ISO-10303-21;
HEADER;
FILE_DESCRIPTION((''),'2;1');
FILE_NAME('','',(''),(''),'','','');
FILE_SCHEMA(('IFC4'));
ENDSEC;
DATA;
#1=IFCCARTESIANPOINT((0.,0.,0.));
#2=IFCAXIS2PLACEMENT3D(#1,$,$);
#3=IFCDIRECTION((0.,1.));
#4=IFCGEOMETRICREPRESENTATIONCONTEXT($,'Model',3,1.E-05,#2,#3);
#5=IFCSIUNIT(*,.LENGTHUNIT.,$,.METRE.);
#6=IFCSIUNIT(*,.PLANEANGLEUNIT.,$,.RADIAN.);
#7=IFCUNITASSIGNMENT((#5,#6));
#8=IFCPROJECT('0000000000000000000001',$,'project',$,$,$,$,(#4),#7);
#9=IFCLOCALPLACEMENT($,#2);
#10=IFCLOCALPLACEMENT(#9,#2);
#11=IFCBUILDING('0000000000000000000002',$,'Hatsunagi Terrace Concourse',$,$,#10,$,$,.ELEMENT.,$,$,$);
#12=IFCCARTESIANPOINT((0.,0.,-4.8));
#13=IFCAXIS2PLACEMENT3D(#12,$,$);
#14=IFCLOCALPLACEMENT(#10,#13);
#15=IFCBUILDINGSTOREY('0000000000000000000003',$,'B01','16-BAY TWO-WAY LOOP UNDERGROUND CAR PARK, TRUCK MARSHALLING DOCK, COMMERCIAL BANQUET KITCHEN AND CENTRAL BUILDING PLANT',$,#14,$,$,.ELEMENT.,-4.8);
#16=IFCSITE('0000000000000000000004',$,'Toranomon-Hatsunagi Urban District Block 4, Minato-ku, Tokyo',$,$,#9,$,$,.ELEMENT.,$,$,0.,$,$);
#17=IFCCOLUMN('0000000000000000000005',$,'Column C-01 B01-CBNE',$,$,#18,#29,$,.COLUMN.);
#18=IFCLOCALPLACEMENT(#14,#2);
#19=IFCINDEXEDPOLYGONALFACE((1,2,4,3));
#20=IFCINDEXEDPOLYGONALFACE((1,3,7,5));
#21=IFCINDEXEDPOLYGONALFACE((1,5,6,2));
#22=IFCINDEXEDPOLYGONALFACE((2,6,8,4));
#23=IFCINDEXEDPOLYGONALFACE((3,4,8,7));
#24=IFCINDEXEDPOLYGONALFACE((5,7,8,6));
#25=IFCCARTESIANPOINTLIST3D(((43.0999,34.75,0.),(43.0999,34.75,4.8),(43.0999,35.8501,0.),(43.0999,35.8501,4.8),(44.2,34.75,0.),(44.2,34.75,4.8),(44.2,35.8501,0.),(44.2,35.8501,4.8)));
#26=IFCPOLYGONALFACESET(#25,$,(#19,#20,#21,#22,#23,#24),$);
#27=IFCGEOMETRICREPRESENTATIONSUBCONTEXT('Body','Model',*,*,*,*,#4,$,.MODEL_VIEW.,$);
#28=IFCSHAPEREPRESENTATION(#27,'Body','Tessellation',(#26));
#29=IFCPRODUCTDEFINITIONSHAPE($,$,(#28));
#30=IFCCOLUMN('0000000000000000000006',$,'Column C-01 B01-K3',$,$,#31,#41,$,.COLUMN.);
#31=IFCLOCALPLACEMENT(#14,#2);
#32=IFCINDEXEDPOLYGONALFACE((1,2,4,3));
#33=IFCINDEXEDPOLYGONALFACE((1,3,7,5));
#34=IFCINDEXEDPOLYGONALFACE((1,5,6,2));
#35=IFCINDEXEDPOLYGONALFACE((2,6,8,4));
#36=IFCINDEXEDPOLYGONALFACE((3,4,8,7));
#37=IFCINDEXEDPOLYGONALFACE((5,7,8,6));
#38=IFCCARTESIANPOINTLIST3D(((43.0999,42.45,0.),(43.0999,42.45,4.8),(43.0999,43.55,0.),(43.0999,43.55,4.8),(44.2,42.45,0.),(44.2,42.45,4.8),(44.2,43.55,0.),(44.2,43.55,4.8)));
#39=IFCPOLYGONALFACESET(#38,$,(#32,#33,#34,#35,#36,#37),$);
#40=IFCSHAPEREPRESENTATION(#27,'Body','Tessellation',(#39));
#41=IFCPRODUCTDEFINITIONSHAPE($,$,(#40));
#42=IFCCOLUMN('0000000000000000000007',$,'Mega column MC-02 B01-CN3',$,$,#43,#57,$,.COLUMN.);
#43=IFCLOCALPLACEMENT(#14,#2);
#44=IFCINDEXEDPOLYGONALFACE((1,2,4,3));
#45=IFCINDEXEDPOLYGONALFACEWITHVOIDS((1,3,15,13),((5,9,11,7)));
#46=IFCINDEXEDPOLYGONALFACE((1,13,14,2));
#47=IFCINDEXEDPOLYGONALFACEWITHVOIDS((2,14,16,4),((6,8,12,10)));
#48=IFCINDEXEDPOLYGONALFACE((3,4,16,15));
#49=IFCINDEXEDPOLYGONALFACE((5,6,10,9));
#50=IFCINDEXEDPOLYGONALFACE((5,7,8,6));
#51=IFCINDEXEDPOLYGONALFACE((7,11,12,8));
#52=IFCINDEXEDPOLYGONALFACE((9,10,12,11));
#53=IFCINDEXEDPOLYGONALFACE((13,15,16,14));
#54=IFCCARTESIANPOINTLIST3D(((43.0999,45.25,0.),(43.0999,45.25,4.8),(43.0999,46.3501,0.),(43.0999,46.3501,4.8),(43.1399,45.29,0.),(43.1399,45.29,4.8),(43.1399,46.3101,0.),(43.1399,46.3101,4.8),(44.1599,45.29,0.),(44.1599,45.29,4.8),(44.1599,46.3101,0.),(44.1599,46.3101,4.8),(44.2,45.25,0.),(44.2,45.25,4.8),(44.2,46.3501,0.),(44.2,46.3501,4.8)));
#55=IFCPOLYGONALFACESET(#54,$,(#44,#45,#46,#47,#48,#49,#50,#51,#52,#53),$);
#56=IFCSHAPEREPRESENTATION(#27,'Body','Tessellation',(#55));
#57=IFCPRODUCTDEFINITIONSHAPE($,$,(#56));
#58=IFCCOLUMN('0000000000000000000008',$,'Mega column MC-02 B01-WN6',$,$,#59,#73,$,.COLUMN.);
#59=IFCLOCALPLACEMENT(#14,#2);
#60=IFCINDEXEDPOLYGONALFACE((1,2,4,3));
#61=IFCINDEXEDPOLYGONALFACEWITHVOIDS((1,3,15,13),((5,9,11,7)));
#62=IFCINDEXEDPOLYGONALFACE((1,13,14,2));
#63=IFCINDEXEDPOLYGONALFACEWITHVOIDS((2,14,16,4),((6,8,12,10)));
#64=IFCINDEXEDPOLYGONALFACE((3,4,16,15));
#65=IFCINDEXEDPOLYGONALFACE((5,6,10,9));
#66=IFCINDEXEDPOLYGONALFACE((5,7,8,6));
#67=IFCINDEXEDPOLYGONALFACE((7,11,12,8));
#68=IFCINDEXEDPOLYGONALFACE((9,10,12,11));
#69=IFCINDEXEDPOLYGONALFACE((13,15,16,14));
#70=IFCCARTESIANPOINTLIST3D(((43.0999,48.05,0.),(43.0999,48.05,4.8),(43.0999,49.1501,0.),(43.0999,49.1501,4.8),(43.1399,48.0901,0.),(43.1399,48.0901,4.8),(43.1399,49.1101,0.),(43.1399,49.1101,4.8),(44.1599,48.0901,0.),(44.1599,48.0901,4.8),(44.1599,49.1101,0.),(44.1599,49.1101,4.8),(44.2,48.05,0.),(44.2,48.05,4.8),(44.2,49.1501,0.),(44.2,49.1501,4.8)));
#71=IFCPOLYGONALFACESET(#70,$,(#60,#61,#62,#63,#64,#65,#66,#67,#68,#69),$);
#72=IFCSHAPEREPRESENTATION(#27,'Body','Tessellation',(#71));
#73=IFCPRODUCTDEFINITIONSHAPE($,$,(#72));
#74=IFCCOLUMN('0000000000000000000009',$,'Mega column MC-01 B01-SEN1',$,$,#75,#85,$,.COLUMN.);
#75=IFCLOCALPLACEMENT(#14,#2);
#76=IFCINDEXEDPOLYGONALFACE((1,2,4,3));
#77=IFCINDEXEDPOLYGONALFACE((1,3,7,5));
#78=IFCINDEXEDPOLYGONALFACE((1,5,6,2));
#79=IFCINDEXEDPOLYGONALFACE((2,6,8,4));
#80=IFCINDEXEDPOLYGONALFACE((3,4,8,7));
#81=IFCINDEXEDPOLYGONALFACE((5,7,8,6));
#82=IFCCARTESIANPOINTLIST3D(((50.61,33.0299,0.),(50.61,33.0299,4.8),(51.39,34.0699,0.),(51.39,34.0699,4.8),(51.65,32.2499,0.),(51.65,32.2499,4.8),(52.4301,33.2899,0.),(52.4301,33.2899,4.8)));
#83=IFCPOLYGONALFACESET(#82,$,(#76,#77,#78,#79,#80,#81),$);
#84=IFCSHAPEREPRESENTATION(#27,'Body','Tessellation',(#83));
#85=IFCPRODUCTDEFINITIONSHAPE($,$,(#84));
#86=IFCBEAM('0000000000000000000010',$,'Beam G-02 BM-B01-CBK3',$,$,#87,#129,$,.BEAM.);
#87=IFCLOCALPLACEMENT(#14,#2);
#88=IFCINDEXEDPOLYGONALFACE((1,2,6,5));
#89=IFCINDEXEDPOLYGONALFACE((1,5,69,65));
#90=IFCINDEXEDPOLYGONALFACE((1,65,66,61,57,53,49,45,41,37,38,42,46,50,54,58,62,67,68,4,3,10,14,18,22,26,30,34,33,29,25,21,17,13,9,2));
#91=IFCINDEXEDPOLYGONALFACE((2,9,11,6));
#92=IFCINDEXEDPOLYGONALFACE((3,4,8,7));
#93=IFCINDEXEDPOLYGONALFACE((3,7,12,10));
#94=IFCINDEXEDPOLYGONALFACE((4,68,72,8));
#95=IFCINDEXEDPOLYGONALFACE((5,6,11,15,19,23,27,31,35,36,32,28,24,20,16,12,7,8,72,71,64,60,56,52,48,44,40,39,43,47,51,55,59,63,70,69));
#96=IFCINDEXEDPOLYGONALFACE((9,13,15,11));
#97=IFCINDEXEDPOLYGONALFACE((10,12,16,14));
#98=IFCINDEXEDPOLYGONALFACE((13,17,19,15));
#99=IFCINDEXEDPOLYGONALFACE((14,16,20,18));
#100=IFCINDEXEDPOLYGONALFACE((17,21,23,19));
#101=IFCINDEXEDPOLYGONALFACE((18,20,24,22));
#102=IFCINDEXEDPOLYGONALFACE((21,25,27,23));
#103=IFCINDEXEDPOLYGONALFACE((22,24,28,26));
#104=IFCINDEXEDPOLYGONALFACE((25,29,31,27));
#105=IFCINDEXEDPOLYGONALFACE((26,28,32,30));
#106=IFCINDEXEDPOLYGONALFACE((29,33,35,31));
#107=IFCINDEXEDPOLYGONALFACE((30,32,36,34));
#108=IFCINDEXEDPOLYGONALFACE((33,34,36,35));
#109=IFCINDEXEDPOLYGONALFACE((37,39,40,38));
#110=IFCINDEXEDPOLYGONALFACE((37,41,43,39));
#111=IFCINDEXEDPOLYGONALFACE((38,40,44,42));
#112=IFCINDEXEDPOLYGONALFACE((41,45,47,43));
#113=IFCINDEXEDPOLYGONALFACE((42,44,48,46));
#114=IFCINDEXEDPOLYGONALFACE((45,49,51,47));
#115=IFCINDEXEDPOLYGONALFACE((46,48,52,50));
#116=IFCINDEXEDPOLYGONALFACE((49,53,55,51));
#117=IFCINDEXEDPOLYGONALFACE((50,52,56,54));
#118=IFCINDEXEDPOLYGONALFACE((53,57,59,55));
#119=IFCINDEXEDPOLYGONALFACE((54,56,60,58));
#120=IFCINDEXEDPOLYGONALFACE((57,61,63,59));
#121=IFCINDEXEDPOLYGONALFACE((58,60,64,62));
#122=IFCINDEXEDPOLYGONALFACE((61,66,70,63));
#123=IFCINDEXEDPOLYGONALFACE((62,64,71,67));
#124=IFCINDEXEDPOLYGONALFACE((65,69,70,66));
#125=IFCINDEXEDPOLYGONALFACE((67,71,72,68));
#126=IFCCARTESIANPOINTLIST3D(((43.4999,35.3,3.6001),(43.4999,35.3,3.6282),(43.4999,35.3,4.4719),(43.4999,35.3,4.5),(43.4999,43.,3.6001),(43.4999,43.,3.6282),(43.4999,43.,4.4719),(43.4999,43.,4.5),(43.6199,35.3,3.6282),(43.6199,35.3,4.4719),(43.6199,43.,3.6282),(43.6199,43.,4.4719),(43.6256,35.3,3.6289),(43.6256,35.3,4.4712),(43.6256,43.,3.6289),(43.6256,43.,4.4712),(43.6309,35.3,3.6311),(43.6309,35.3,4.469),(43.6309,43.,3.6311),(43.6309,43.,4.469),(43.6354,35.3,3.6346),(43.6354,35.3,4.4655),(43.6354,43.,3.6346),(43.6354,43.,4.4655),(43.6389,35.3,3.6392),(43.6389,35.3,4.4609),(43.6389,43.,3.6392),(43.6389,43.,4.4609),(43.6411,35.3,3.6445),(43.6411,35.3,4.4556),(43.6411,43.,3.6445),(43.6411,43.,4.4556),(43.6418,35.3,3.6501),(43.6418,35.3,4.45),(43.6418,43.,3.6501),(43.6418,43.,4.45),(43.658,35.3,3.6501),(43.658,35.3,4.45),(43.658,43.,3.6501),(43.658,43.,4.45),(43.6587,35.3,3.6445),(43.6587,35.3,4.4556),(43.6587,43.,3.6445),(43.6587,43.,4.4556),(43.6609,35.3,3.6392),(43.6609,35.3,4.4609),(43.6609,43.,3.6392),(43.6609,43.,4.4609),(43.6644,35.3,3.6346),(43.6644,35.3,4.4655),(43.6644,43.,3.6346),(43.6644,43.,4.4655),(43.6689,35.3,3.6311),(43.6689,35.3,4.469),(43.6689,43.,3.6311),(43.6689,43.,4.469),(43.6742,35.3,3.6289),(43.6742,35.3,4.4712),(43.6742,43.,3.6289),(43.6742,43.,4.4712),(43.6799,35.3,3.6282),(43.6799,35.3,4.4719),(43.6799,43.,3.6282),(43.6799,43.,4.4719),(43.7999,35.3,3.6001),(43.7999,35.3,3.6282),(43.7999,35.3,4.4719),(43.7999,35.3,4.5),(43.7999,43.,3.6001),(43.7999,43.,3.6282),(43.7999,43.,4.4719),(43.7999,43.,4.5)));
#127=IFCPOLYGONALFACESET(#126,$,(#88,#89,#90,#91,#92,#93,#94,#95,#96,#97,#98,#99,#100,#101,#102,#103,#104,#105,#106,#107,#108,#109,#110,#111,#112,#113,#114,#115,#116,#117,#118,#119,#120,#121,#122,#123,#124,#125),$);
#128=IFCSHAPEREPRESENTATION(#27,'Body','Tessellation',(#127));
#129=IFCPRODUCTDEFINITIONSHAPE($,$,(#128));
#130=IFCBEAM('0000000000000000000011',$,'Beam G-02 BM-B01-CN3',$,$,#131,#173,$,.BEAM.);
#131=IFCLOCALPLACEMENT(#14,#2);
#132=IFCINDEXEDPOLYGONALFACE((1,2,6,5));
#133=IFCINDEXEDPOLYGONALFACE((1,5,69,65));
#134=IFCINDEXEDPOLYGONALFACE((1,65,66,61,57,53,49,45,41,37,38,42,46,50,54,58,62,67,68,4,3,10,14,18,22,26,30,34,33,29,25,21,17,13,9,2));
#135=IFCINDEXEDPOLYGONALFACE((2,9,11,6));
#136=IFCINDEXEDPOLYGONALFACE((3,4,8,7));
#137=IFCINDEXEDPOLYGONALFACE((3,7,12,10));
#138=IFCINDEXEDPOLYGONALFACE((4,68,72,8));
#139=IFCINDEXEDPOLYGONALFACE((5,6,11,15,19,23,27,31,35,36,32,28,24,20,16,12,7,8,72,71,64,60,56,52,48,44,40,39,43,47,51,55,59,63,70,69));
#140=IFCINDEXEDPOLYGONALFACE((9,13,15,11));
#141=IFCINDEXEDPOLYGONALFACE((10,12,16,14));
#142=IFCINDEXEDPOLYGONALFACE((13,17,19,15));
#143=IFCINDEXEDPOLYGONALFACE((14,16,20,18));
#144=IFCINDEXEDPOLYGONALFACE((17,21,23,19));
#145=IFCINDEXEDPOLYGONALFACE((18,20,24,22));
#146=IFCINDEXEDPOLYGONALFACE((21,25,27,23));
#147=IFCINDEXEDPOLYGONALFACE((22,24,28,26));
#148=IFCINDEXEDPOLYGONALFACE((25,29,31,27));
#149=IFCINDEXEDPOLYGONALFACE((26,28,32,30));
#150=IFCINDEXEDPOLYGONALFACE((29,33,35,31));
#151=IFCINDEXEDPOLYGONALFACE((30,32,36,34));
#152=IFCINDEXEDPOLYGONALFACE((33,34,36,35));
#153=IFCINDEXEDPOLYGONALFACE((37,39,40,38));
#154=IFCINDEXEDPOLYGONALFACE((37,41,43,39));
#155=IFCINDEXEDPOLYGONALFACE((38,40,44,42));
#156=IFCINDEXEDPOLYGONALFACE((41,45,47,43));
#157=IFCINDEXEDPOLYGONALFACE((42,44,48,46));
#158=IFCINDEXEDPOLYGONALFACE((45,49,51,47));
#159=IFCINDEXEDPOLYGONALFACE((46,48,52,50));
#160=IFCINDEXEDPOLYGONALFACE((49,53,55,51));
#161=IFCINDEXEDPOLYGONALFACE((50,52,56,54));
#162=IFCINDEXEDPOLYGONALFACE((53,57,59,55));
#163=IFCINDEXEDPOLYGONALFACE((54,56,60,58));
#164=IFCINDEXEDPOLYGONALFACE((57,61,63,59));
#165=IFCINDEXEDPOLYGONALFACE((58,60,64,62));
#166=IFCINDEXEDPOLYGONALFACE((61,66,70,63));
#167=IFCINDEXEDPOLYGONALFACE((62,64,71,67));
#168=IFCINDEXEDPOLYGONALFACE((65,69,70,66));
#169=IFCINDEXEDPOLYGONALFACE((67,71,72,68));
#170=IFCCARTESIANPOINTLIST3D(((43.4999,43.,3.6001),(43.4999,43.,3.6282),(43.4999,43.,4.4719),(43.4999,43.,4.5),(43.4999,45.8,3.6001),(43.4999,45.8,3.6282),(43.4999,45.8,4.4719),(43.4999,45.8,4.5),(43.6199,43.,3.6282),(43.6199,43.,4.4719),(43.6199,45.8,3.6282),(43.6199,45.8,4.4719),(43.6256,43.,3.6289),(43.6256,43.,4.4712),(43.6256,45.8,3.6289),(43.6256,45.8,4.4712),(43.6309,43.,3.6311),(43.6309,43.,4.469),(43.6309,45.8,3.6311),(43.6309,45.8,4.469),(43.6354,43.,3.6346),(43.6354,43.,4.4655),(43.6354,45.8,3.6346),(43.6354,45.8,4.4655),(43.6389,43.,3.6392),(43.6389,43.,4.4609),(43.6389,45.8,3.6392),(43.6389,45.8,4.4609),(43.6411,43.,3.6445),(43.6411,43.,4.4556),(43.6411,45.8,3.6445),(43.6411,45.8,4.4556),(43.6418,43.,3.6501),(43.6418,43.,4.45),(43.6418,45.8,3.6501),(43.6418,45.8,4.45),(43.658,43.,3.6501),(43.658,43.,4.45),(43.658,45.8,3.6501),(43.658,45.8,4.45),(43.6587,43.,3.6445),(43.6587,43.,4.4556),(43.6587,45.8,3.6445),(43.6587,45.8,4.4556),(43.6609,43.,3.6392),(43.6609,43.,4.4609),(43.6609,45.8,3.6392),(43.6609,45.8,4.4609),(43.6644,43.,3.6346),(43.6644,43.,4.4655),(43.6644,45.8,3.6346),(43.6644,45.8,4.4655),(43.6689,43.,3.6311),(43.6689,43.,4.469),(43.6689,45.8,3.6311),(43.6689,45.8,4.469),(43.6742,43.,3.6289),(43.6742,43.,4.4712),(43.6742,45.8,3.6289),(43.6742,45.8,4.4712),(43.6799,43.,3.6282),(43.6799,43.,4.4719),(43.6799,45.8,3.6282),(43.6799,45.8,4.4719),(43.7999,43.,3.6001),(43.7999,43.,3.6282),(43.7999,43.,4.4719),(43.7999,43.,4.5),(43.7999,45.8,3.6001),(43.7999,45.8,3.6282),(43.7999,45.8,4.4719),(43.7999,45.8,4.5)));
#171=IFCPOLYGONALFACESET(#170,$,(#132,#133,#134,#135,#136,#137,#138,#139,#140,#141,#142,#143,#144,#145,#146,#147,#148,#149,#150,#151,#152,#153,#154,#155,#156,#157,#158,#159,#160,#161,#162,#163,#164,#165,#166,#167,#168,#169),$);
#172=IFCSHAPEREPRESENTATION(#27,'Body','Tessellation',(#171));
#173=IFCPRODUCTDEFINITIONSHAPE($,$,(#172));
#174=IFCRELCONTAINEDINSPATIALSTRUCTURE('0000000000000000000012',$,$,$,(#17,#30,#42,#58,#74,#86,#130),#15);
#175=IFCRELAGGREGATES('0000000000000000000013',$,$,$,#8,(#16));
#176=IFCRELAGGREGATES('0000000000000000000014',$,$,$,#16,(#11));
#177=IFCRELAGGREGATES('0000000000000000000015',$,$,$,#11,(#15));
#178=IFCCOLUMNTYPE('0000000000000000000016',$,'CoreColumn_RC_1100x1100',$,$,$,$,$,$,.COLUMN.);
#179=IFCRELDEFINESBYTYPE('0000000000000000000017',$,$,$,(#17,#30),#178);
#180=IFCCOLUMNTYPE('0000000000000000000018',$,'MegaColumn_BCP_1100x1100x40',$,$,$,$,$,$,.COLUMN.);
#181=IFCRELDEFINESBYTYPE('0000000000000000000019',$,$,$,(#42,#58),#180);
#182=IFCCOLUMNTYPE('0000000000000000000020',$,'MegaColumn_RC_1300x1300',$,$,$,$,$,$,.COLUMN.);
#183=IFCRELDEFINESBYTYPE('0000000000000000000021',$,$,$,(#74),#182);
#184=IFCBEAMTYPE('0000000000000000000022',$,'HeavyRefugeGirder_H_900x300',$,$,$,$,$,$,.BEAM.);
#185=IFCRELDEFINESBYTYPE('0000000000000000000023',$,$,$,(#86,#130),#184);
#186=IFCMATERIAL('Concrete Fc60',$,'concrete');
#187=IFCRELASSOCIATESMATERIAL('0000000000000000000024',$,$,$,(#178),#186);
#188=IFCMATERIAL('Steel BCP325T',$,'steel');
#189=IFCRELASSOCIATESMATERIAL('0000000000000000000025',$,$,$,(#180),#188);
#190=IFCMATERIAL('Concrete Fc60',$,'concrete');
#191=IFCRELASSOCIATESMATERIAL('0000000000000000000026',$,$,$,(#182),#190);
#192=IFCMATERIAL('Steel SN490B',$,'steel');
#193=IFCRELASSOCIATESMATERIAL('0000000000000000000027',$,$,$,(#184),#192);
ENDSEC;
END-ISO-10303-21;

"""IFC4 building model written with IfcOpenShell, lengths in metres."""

from ifc_helpers import new_model, si_unit, direction, frame, origin, origin_2d, place, context, subcontext, project, spatial, rectangle, hollow_rectangle, i_section, extrude, material, material_profile, profile_set, type_object, element, save


model = new_model("IFC4")

# Units and contexts
model_context = context("Model", 3, precision=1e-05, world=origin(), true_north=direction((0.0, 1.0)))
body_context = subcontext(model_context, "Body", "Model", "MODEL_VIEW")
ifc_project = project(units=[si_unit("LENGTHUNIT", "METRE"), si_unit("PLANEANGLEUNIT", "RADIAN")], contexts=[model_context])

# Site, building, storey
site_placement = place(None, origin())
site = spatial("IfcSite", under=ifc_project, at=site_placement, Name="Toranomon-Hatsunagi Urban District Block 4, Minato-ku, Tokyo", CompositionType="ELEMENT", RefElevation=0.0)
building_placement = place(site_placement, origin())
building = spatial("IfcBuilding", under=site, at=building_placement, Name="Hatsunagi Terrace Concourse", CompositionType="ELEMENT")
storey_placement = place(building_placement, frame((0.0, 0.0, -4.8)))
storey = spatial("IfcBuildingStorey", under=building, at=storey_placement, Name="B01", Description="16-BAY TWO-WAY LOOP UNDERGROUND CAR PARK, TRUCK MARSHALLING DOCK, COMMERCIAL BANQUET KITCHEN AND CENTRAL BUILDING PLANT", CompositionType="ELEMENT", Elevation=-4.8)

# Columns
ifc_material_1 = material(Name="Concrete Fc60", Category="concrete")
ifc_material_profile_1 = material_profile(ifc_material_1, rectangle(XDim=1.1001, YDim=1.1001, at=origin_2d()), Name="RC-1100x1100")
ifc_profile_set_1 = profile_set([ifc_material_profile_1], Name="Concrete Fc60")
column_type_1 = type_object("IfcColumnType", Name="CoreColumn_RC_1100x1100", PredefinedType="COLUMN", material=ifc_profile_set_1)
for number, where, z_axis, x_axis, name in (
    (1, (43.6499, 35.3, 0.0), (0.0, 0.0, 1.0), (1.0, 0.0, 0.0), "Column C-01 B01-CBNE"),
    (2, (43.6499, 43.0, 0.0), (0.0, 0.0, 1.0), (1.0, 0.0, 0.0), "Column C-01 B01-K3"),
):
    element("IfcColumn", number, at=place(storey_placement, frame(where, z_axis=z_axis, x_axis=x_axis)), inside=storey, type_object=column_type_1, Name=name, PredefinedType="COLUMN", context=body_context, shape_type="SweptSolid", body=[
        extrude(rectangle(XDim=1.1001, YDim=1.1001, at=origin_2d()), origin(), (0.0, 0.0, 1.0), 4.8),
    ])
ifc_material_2 = material(Name="Steel BCP325T", Category="steel")
ifc_material_profile_2 = material_profile(ifc_material_2, hollow_rectangle(XDim=1.1001, YDim=1.1001, WallThickness=0.04, at=origin_2d()), Name="BCP-1100x1100x40")
ifc_profile_set_2 = profile_set([ifc_material_profile_2], Name="Steel BCP325T")
column_type_2 = type_object("IfcColumnType", Name="MegaColumn_BCP_1100x1100x40", PredefinedType="COLUMN", material=ifc_profile_set_2)
for number, where, z_axis, x_axis, name in (
    (3, (43.6499, 45.8, 0.0), (0.0, 0.0, 1.0), (1.0, 0.0, 0.0), "Mega column MC-02 B01-CN3"),
    (4, (43.6499, 48.6001, 0.0), (0.0, 0.0, 1.0), (1.0, 0.0, 0.0), "Mega column MC-02 B01-WN6"),
):
    element("IfcColumn", number, at=place(storey_placement, frame(where, z_axis=z_axis, x_axis=x_axis)), inside=storey, type_object=column_type_2, Name=name, PredefinedType="COLUMN", context=body_context, shape_type="SweptSolid", body=[
        extrude(hollow_rectangle(XDim=1.1001, YDim=1.1001, WallThickness=0.04, at=origin_2d()), origin(), (0.0, 0.0, 1.0), 4.8),
    ])
ifc_material_3 = material(Name="Concrete Fc60", Category="concrete")
ifc_material_profile_3 = material_profile(ifc_material_3, rectangle(XDim=1.3, YDim=1.3, at=origin_2d()), Name="RC-1300x1300")
ifc_profile_set_3 = profile_set([ifc_material_profile_3], Name="Concrete Fc60")
column_type_3 = type_object("IfcColumnType", Name="MegaColumn_RC_1300x1300", PredefinedType="COLUMN", material=ifc_profile_set_3)
column_placement = place(storey_placement, frame((51.52, 33.1599, 0.0), z_axis=(0.0, 0.0, 1.0), x_axis=(0.8, -0.6, 0.0)))
element("IfcColumn", 5, at=column_placement, inside=storey, type_object=column_type_3, Name="Mega column MC-01 B01-SEN1", PredefinedType="COLUMN", context=body_context, shape_type="SweptSolid", body=[
    extrude(rectangle(XDim=1.3, YDim=1.3, at=origin_2d()), origin(), (0.0, 0.0, 1.0), 4.8),
])

# Beams
ifc_material_4 = material(Name="Steel SN490B", Category="steel")
ifc_material_profile_4 = material_profile(ifc_material_4, i_section(OverallWidth=0.3, OverallDepth=0.8999, WebThickness=0.0161, FlangeThickness=0.0281, FilletRadius=0.022, at=origin_2d()), Name="H-900x300x16x28")
ifc_profile_set_4 = profile_set([ifc_material_profile_4], Name="Steel SN490B")
beam_type_1 = type_object("IfcBeamType", Name="HeavyRefugeGirder_H_900x300", PredefinedType="BEAM", material=ifc_profile_set_4)
beam_1_placement = place(storey_placement, frame((43.6499, 35.3, 4.05), z_axis=(0.0, 1.0, 0.0), x_axis=(-1.0, 0.0, 0.0)))
element("IfcBeam", 6, at=beam_1_placement, inside=storey, type_object=beam_type_1, Name="Beam G-02 BM-B01-CBK3", PredefinedType="BEAM", context=body_context, shape_type="SweptSolid", body=[
    extrude(i_section(OverallWidth=0.3, OverallDepth=0.8999, WebThickness=0.0161, FlangeThickness=0.0281, FilletRadius=0.022, at=origin_2d()), origin(), (0.0, 0.0, 1.0), 7.7),
])
beam_2_placement = place(storey_placement, frame((43.6499, 43.0, 4.05), z_axis=(0.0, 1.0, 0.0), x_axis=(-1.0, 0.0, 0.0)))
element("IfcBeam", 7, at=beam_2_placement, inside=storey, type_object=beam_type_1, Name="Beam G-02 BM-B01-CN3", PredefinedType="BEAM", context=body_context, shape_type="SweptSolid", body=[
    extrude(i_section(OverallWidth=0.3, OverallDepth=0.8999, WebThickness=0.0161, FlangeThickness=0.0281, FilletRadius=0.022, at=origin_2d()), origin(), (0.0, 0.0, 1.0), 2.8),
])

save(model, "model.ifc")
